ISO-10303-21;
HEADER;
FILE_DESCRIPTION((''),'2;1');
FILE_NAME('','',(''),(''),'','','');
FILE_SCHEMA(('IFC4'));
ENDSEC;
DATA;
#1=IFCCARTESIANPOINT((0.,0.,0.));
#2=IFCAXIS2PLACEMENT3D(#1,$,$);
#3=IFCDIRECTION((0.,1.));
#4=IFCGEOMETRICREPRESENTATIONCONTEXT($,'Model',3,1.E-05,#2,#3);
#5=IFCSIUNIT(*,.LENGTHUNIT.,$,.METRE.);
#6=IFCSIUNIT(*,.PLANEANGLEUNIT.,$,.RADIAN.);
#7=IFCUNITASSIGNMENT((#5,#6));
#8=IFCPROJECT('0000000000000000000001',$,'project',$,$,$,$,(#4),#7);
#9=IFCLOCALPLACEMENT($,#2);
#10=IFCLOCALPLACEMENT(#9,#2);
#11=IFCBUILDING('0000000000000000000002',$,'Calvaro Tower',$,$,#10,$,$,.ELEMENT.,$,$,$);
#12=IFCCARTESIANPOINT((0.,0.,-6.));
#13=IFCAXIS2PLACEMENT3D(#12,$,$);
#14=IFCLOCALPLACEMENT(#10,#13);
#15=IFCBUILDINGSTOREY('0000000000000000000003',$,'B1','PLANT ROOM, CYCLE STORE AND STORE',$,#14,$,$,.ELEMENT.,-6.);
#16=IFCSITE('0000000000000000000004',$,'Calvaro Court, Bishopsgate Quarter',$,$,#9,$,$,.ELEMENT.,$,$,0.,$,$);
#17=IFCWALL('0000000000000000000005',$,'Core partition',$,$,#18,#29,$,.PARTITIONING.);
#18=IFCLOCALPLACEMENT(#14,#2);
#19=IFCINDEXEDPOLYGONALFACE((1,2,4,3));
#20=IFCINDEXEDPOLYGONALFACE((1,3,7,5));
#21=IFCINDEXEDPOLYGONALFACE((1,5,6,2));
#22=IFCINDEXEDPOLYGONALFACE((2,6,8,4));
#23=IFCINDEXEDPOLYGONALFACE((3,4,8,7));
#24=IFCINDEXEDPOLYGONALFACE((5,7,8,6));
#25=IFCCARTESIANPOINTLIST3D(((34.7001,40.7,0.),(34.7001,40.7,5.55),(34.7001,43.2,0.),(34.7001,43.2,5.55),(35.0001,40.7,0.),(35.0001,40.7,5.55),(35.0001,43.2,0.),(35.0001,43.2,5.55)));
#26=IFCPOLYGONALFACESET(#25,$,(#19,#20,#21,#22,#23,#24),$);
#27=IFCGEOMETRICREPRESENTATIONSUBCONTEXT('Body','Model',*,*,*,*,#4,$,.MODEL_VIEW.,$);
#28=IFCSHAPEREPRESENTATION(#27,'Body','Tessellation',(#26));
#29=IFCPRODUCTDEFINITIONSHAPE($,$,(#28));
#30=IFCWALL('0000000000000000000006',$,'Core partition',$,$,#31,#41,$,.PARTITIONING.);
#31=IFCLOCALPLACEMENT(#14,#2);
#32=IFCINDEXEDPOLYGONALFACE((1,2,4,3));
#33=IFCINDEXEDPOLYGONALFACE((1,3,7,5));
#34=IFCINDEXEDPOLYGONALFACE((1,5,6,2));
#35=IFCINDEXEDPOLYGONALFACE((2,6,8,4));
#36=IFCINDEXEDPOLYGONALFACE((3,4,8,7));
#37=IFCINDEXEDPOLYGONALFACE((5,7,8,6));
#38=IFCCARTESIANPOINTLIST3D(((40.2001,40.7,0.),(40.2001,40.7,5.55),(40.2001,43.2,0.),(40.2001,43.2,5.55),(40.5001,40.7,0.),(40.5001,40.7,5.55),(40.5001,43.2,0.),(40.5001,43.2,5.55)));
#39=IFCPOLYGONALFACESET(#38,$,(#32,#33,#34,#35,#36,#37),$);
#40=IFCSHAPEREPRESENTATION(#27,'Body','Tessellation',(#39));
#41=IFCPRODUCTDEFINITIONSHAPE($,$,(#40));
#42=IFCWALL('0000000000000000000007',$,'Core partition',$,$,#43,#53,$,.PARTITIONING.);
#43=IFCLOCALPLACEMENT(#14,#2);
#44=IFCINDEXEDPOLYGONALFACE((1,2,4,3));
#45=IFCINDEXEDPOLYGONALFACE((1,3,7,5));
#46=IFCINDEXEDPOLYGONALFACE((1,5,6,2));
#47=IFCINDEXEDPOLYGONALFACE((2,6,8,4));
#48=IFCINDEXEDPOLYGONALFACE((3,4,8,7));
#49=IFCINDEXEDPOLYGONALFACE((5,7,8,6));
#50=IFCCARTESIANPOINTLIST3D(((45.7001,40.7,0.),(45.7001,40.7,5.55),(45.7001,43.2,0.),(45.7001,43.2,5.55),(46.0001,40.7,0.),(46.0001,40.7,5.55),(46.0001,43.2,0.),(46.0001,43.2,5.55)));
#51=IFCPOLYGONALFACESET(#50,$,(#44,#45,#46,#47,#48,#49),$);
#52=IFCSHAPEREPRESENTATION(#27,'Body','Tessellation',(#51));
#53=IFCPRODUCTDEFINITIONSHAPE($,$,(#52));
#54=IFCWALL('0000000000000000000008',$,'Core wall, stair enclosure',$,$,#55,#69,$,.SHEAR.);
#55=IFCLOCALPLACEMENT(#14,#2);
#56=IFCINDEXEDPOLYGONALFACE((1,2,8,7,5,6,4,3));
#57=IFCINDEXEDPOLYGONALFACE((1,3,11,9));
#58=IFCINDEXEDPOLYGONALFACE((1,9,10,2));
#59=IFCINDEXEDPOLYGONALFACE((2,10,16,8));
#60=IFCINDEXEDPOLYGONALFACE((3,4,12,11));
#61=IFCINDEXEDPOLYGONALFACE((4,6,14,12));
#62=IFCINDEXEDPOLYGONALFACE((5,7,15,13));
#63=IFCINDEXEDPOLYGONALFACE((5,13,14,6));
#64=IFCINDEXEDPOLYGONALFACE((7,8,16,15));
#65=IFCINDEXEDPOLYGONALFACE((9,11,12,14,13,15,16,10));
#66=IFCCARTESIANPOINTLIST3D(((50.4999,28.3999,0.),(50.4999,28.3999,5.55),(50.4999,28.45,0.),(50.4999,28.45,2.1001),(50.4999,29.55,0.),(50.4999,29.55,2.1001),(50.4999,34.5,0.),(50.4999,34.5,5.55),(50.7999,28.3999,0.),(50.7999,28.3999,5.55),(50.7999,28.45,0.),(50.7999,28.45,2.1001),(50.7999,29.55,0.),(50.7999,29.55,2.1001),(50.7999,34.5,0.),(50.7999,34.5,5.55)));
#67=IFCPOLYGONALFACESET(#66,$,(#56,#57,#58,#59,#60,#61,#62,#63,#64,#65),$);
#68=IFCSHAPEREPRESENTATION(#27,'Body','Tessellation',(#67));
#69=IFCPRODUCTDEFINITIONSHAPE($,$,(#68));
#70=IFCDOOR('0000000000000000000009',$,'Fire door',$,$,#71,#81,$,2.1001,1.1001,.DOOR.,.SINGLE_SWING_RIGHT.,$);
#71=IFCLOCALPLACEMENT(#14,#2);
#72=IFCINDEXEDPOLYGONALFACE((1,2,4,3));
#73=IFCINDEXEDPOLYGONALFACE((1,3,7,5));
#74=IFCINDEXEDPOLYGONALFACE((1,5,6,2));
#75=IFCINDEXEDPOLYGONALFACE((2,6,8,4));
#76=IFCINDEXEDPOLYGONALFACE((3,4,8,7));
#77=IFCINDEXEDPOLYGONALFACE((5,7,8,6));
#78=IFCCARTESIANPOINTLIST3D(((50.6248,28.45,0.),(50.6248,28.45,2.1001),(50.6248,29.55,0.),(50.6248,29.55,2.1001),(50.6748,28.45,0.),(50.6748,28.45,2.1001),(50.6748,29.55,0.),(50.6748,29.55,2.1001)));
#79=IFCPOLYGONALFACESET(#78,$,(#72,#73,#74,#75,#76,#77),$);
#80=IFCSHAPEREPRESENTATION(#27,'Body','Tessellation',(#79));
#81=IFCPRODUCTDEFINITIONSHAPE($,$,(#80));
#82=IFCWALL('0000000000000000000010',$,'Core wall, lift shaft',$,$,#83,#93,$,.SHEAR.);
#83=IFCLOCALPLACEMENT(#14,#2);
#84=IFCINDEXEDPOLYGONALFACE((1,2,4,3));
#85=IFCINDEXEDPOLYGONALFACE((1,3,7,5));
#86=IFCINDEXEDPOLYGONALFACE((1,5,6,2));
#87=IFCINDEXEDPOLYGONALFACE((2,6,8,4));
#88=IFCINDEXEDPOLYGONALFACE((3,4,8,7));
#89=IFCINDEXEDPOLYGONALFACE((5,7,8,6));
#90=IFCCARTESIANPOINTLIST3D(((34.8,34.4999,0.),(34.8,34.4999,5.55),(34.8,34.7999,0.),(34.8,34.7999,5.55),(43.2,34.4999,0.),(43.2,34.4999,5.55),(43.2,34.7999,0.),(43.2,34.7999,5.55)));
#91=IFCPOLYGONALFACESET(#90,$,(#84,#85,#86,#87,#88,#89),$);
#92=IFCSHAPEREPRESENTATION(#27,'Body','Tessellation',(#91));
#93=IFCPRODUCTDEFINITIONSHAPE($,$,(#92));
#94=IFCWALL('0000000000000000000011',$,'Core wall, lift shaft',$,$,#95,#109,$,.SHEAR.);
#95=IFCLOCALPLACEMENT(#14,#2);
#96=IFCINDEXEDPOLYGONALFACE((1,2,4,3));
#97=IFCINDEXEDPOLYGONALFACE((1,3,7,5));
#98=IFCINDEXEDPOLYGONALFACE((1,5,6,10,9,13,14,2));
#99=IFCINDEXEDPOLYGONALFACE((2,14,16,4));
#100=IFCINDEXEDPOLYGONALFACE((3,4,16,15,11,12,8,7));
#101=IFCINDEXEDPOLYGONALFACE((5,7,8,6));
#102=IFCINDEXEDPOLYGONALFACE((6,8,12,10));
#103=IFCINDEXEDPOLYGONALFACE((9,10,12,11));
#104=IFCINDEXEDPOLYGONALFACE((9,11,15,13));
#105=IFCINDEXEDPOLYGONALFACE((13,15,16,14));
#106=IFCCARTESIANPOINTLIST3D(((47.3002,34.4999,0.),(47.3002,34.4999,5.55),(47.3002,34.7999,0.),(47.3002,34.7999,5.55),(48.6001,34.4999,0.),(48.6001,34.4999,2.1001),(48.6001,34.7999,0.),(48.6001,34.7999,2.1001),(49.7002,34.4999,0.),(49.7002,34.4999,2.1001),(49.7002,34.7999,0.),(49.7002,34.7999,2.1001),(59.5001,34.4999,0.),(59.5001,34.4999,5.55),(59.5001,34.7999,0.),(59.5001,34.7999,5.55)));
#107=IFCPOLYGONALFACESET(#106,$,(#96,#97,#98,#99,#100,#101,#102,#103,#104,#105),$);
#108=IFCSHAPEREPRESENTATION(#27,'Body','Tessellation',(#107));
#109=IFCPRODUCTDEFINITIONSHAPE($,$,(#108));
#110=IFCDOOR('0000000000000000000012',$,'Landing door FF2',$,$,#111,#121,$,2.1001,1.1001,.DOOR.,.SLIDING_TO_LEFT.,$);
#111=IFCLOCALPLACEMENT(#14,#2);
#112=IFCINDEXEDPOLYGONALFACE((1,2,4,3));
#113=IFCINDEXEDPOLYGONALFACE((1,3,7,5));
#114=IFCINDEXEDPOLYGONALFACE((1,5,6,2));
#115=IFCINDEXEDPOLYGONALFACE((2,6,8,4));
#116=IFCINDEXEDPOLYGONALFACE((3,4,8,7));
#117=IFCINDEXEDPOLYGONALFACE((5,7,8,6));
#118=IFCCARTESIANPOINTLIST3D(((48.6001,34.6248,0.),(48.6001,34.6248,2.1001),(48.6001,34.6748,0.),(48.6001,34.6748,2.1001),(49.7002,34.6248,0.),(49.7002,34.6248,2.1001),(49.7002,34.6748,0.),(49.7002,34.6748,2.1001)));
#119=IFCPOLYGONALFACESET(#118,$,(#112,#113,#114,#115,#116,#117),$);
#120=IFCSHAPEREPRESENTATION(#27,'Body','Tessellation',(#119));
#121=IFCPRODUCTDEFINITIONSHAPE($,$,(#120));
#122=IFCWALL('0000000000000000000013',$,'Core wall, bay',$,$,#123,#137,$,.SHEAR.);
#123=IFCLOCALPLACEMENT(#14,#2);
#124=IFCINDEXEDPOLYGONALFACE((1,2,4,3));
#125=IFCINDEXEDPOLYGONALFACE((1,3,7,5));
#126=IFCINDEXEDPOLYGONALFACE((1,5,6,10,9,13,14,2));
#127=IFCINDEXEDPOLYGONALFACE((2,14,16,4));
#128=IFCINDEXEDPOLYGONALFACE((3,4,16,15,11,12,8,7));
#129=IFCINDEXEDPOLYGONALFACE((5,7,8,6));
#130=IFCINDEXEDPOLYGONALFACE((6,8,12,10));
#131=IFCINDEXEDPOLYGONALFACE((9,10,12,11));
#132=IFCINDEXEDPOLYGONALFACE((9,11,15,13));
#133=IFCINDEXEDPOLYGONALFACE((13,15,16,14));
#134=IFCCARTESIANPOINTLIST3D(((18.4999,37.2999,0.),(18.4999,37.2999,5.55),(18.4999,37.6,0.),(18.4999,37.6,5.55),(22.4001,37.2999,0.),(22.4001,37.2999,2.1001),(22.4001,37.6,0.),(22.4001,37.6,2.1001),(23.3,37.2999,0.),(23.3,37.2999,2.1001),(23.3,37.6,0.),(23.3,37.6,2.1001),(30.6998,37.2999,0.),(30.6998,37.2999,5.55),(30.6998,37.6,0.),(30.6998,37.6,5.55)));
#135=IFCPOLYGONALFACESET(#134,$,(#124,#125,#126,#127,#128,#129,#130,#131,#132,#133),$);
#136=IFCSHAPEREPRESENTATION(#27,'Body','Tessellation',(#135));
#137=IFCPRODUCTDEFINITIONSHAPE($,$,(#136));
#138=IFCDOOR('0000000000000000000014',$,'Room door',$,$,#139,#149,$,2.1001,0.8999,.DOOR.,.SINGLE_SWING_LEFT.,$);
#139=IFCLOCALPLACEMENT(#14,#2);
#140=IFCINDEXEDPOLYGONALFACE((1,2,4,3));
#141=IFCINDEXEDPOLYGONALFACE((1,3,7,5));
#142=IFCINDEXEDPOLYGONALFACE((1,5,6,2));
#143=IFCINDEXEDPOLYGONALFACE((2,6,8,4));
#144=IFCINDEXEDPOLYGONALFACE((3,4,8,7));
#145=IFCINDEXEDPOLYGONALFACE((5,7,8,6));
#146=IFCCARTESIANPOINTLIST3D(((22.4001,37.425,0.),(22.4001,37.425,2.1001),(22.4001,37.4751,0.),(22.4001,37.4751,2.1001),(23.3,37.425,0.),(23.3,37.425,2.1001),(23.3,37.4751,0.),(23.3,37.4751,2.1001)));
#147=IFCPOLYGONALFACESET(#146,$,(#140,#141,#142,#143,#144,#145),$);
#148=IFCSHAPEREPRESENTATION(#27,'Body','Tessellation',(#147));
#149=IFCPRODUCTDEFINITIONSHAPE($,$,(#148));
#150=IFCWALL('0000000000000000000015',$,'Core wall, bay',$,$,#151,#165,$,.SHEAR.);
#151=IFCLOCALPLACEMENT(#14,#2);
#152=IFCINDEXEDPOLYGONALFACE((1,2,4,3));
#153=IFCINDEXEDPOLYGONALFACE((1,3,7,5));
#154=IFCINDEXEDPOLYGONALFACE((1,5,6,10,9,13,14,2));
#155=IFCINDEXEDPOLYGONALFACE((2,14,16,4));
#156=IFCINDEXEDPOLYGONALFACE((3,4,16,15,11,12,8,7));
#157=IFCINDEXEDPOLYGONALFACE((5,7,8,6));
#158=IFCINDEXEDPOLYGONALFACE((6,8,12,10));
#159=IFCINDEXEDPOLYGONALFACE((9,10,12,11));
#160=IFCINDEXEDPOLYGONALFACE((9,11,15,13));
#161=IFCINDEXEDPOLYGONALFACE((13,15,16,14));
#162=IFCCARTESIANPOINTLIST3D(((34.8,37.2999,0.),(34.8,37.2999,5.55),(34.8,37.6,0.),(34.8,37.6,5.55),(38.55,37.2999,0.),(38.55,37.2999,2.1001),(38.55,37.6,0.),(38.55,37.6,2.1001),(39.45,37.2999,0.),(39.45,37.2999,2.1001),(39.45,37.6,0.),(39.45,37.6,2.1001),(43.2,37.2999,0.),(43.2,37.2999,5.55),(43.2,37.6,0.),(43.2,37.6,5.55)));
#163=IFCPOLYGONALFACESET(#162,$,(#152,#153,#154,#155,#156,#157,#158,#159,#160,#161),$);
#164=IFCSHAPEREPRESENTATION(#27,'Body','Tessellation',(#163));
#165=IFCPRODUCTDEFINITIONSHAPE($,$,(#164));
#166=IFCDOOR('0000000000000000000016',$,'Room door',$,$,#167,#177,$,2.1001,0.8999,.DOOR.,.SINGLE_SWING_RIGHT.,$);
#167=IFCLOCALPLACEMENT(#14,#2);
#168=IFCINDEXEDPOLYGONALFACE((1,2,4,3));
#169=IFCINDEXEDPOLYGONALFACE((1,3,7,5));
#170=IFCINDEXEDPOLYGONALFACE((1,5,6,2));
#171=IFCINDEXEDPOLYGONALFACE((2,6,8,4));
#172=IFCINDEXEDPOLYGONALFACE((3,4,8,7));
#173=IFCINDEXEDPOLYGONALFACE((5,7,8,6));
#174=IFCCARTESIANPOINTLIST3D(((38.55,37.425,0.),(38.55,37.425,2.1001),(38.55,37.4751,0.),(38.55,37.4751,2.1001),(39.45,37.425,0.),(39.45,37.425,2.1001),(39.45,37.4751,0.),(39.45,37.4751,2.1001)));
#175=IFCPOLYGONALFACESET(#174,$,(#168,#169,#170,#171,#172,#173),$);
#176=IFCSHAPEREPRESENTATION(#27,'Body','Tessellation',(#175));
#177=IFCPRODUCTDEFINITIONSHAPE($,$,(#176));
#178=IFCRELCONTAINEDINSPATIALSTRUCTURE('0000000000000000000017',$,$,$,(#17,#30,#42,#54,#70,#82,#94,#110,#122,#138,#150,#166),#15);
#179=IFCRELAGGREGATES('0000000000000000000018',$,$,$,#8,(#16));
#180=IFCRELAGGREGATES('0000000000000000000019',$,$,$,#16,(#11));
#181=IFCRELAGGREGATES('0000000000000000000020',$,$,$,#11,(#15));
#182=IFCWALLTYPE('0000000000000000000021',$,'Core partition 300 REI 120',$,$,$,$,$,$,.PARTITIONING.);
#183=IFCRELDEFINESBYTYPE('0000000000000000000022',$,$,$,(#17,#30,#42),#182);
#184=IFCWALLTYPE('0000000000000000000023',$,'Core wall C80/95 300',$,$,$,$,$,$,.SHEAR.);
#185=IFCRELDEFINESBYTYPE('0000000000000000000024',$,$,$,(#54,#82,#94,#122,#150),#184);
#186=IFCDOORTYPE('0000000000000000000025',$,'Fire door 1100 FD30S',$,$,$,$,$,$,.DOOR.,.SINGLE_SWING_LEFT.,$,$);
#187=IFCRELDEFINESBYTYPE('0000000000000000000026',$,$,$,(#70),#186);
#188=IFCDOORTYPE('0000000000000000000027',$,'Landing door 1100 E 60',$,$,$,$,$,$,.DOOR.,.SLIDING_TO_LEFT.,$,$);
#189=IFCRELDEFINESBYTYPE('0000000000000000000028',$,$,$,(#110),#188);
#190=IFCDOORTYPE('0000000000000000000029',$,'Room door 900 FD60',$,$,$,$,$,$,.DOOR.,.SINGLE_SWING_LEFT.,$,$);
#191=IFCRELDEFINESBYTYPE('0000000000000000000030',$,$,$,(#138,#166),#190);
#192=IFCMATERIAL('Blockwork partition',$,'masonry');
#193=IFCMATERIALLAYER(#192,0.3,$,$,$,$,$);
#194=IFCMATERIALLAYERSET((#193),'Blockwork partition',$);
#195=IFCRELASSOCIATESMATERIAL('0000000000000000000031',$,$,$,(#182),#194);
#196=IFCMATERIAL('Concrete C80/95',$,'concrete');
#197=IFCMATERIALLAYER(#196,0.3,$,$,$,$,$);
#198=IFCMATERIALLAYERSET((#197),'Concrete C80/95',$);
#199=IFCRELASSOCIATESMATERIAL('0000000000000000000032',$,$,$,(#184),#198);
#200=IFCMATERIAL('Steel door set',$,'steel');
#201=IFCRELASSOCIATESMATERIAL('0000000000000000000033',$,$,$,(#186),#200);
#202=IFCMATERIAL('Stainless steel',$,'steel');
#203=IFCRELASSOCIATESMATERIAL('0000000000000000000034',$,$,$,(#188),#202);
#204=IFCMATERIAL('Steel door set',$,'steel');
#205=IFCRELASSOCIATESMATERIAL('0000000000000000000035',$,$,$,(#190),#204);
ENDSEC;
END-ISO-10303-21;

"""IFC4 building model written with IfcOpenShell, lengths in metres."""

from ifc_helpers import new_model, si_unit, direction, frame, frame_2d, origin, place, context, subcontext, project, spatial, rectangle, extrude, material, layer, layer_set, type_object, element, fill, save


model = new_model("IFC4")

# Units and contexts
model_context = context("Model", 3, precision=1e-05, world=origin(), true_north=direction((0.0, 1.0)))
body_context = subcontext(model_context, "Body", "Model", "MODEL_VIEW")
ifc_project = project(units=[si_unit("LENGTHUNIT", "METRE"), si_unit("PLANEANGLEUNIT", "RADIAN")], contexts=[model_context])

# Site, building, storey
site_placement = place(None, origin())
site = spatial("IfcSite", under=ifc_project, at=site_placement, Name="Calvaro Court, Bishopsgate Quarter", CompositionType="ELEMENT", RefElevation=0.0)
building_placement = place(site_placement, origin())
building = spatial("IfcBuilding", under=site, at=building_placement, Name="Calvaro Tower", CompositionType="ELEMENT")
storey_placement = place(building_placement, frame((0.0, 0.0, -6.0)))
storey = spatial("IfcBuildingStorey", under=building, at=storey_placement, Name="B1", Description="PLANT ROOM, CYCLE STORE AND STORE", CompositionType="ELEMENT", Elevation=-6.0)

# Walls
ifc_material_1 = material(Name="Blockwork partition", Category="masonry")
ifc_layer_1 = layer(ifc_material_1, 0.3)
ifc_layer_set_1 = layer_set([ifc_layer_1], Name="Blockwork partition")
wall_type_1 = type_object("IfcWallType", Name="Core partition 300 REI 120", PredefinedType="PARTITIONING", material=ifc_layer_set_1)
for number, where, z_axis, x_axis, name in (
    (1, (34.8501, 40.7, 0.0), (0.0, 0.0, 1.0), (0.0, 1.0, 0.0), "Core partition"),
    (2, (40.3501, 40.7, 0.0), (0.0, 0.0, 1.0), (0.0, 1.0, 0.0), "Core partition"),
    (3, (45.8501, 40.7, 0.0), (0.0, 0.0, 1.0), (0.0, 1.0, 0.0), "Core partition"),
):
    element("IfcWall", number, at=place(storey_placement, frame(where, z_axis=z_axis, x_axis=x_axis)), inside=storey, type_object=wall_type_1, Name=name, PredefinedType="PARTITIONING", context=body_context, shape_type="SweptSolid", body=[
        extrude(rectangle(XDim=2.5, YDim=0.3, at=frame_2d((1.25, 0.0))), origin(), (0.0, 0.0, 1.0), 5.55),
    ])

# Wall, opening, door
ifc_material_2 = material(Name="Concrete C80/95", Category="concrete")
ifc_layer_2 = layer(ifc_material_2, 0.3)
ifc_layer_set_2 = layer_set([ifc_layer_2], Name="Concrete C80/95")
wall_type_2 = type_object("IfcWallType", Name="Core wall C80/95 300", PredefinedType="SHEAR", material=ifc_layer_set_2)
wall_1_placement = place(storey_placement, frame((50.6499, 34.5, 0.0), z_axis=(0.0, 0.0, 1.0), x_axis=(0.0, -1.0, 0.0)))
wall_1 = element("IfcWall", 4, at=wall_1_placement, inside=storey, type_object=wall_type_2, Name="Core wall, stair enclosure", PredefinedType="SHEAR", context=body_context, shape_type="SweptSolid", body=[
    extrude(rectangle(XDim=6.1001, YDim=0.3, at=frame_2d((3.05, 0.0))), origin(), (0.0, 0.0, 1.0), 5.55),
])
opening_1_placement = place(wall_1_placement, frame((4.95, 0.0, 0.0)))
opening_1 = element("IfcOpeningElement", 5, at=opening_1_placement, cuts=wall_1, PredefinedType="OPENING", context=body_context, shape_type="SweptSolid", body=[
    extrude(rectangle(XDim=1.1001, YDim=2.1001, at=frame_2d((0.55, 1.05))), frame((0.0, 0.1599, 0.0), z_axis=(0.0, -1.0, 0.0), x_axis=(1.0, 0.0, 0.0)), (0.0, 0.0, 1.0), 0.3201),
])
ifc_material_3 = material(Name="Steel door set", Category="steel")
door_type_1 = type_object("IfcDoorType", Name="Fire door 1100 FD30S", OperationType="SINGLE_SWING_LEFT", PredefinedType="DOOR", material=ifc_material_3)
door_1_placement = place(opening_1_placement, origin())
door_1 = element("IfcDoor", 6, at=door_1_placement, inside=storey, type_object=door_type_1, Name="Fire door", OperationType="SINGLE_SWING_RIGHT", OverallHeight=2.1001, OverallWidth=1.1001, PredefinedType="DOOR", context=body_context, shape_type="SweptSolid", body=[
    extrude(rectangle(XDim=1.1001, YDim=2.1001, at=frame_2d((0.55, 1.05))), frame((0.0, 0.0249, 0.0), z_axis=(0.0, -1.0, 0.0), x_axis=(1.0, 0.0, 0.0)), (0.0, 0.0, 1.0), 0.05),
])
fill(opening_1, door_1)

# Wall
wall_2_placement = place(storey_placement, frame((34.8, 34.6499, 0.0), z_axis=(0.0, 0.0, 1.0), x_axis=(1.0, 0.0, 0.0)))
element("IfcWall", 7, at=wall_2_placement, inside=storey, type_object=wall_type_2, Name="Core wall, lift shaft", PredefinedType="SHEAR", context=body_context, shape_type="SweptSolid", body=[
    extrude(rectangle(XDim=8.3999, YDim=0.3, at=frame_2d((4.2, 0.0))), origin(), (0.0, 0.0, 1.0), 5.55),
])

# Walls, openings, doors
wall_3_placement = place(storey_placement, frame((47.3, 34.6499, 0.0), z_axis=(0.0, 0.0, 1.0), x_axis=(1.0, 0.0, 0.0)))
wall_3 = element("IfcWall", 8, at=wall_3_placement, inside=storey, type_object=wall_type_2, Name="Core wall, lift shaft", PredefinedType="SHEAR", context=body_context, shape_type="SweptSolid", body=[
    extrude(rectangle(XDim=12.2, YDim=0.3, at=frame_2d((6.1001, 0.0))), origin(), (0.0, 0.0, 1.0), 5.55),
])
opening_2_placement = place(wall_3_placement, frame((1.3, 0.0, 0.0)))
opening_2 = element("IfcOpeningElement", 9, at=opening_2_placement, cuts=wall_3, PredefinedType="OPENING", context=body_context, shape_type="SweptSolid", body=[
    extrude(rectangle(XDim=1.1001, YDim=2.1001, at=frame_2d((0.55, 1.05))), frame((0.0, 0.1599, 0.0), z_axis=(0.0, -1.0, 0.0), x_axis=(1.0, 0.0, 0.0)), (0.0, 0.0, 1.0), 0.3201),
])
ifc_material_4 = material(Name="Stainless steel", Category="steel")
door_type_2 = type_object("IfcDoorType", Name="Landing door 1100 E 60", OperationType="SLIDING_TO_LEFT", PredefinedType="DOOR", material=ifc_material_4)
door_2_placement = place(opening_2_placement, origin())
door_2 = element("IfcDoor", 10, at=door_2_placement, inside=storey, type_object=door_type_2, Name="Landing door FF2", OperationType="SLIDING_TO_LEFT", OverallHeight=2.1001, OverallWidth=1.1001, PredefinedType="DOOR", context=body_context, shape_type="SweptSolid", body=[
    extrude(rectangle(XDim=1.1001, YDim=2.1001, at=frame_2d((0.55, 1.05))), frame((0.0, 0.0249, 0.0), z_axis=(0.0, -1.0, 0.0), x_axis=(1.0, 0.0, 0.0)), (0.0, 0.0, 1.0), 0.05),
])
fill(opening_2, door_2)
wall_4_placement = place(storey_placement, frame((30.7, 37.45, 0.0), z_axis=(0.0, 0.0, 1.0), x_axis=(-1.0, 0.0, 0.0)))
wall_4 = element("IfcWall", 11, at=wall_4_placement, inside=storey, type_object=wall_type_2, Name="Core wall, bay", PredefinedType="SHEAR", context=body_context, shape_type="SweptSolid", body=[
    extrude(rectangle(XDim=12.2, YDim=0.3, at=frame_2d((6.1001, 0.0))), origin(), (0.0, 0.0, 1.0), 5.55),
])
opening_3_placement = place(wall_4_placement, frame((7.3999, 0.0, 0.0)))
opening_3 = element("IfcOpeningElement", 12, at=opening_3_placement, cuts=wall_4, PredefinedType="OPENING", context=body_context, shape_type="SweptSolid", body=[
    extrude(rectangle(XDim=0.8999, YDim=2.1001, at=frame_2d((0.45, 1.05))), frame((0.0, 0.1599, 0.0), z_axis=(0.0, -1.0, 0.0), x_axis=(1.0, 0.0, 0.0)), (0.0, 0.0, 1.0), 0.3201),
])
ifc_material_5 = material(Name="Steel door set", Category="steel")
door_type_3 = type_object("IfcDoorType", Name="Room door 900 FD60", OperationType="SINGLE_SWING_LEFT", PredefinedType="DOOR", material=ifc_material_5)
door_3_placement = place(opening_3_placement, origin())
door_3 = element("IfcDoor", 13, at=door_3_placement, inside=storey, type_object=door_type_3, Name="Room door", OperationType="SINGLE_SWING_LEFT", OverallHeight=2.1001, OverallWidth=0.8999, PredefinedType="DOOR", context=body_context, shape_type="SweptSolid", body=[
    extrude(rectangle(XDim=0.8999, YDim=2.1001, at=frame_2d((0.45, 1.05))), frame((0.0, 0.0249, 0.0), z_axis=(0.0, -1.0, 0.0), x_axis=(1.0, 0.0, 0.0)), (0.0, 0.0, 1.0), 0.05),
])
fill(opening_3, door_3)
wall_5_placement = place(storey_placement, frame((43.2, 37.45, 0.0), z_axis=(0.0, 0.0, 1.0), x_axis=(-1.0, 0.0, 0.0)))
wall_5 = element("IfcWall", 14, at=wall_5_placement, inside=storey, type_object=wall_type_2, Name="Core wall, bay", PredefinedType="SHEAR", context=body_context, shape_type="SweptSolid", body=[
    extrude(rectangle(XDim=8.3999, YDim=0.3, at=frame_2d((4.2, 0.0))), origin(), (0.0, 0.0, 1.0), 5.55),
])
opening_4_placement = place(wall_5_placement, frame((3.75, 0.0, 0.0)))
opening_4 = element("IfcOpeningElement", 15, at=opening_4_placement, cuts=wall_5, PredefinedType="OPENING", context=body_context, shape_type="SweptSolid", body=[
    extrude(rectangle(XDim=0.8999, YDim=2.1001, at=frame_2d((0.45, 1.05))), frame((0.0, 0.1599, 0.0), z_axis=(0.0, -1.0, 0.0), x_axis=(1.0, 0.0, 0.0)), (0.0, 0.0, 1.0), 0.3201),
])
door_4_placement = place(opening_4_placement, origin())
door_4 = element("IfcDoor", 16, at=door_4_placement, inside=storey, type_object=door_type_3, Name="Room door", OperationType="SINGLE_SWING_RIGHT", OverallHeight=2.1001, OverallWidth=0.8999, PredefinedType="DOOR", context=body_context, shape_type="SweptSolid", body=[
    extrude(rectangle(XDim=0.8999, YDim=2.1001, at=frame_2d((0.45, 1.05))), frame((0.0, 0.0249, 0.0), z_axis=(0.0, -1.0, 0.0), x_axis=(1.0, 0.0, 0.0)), (0.0, 0.0, 1.0), 0.05),
])
fill(opening_4, door_4)

save(model, "model.ifc")
